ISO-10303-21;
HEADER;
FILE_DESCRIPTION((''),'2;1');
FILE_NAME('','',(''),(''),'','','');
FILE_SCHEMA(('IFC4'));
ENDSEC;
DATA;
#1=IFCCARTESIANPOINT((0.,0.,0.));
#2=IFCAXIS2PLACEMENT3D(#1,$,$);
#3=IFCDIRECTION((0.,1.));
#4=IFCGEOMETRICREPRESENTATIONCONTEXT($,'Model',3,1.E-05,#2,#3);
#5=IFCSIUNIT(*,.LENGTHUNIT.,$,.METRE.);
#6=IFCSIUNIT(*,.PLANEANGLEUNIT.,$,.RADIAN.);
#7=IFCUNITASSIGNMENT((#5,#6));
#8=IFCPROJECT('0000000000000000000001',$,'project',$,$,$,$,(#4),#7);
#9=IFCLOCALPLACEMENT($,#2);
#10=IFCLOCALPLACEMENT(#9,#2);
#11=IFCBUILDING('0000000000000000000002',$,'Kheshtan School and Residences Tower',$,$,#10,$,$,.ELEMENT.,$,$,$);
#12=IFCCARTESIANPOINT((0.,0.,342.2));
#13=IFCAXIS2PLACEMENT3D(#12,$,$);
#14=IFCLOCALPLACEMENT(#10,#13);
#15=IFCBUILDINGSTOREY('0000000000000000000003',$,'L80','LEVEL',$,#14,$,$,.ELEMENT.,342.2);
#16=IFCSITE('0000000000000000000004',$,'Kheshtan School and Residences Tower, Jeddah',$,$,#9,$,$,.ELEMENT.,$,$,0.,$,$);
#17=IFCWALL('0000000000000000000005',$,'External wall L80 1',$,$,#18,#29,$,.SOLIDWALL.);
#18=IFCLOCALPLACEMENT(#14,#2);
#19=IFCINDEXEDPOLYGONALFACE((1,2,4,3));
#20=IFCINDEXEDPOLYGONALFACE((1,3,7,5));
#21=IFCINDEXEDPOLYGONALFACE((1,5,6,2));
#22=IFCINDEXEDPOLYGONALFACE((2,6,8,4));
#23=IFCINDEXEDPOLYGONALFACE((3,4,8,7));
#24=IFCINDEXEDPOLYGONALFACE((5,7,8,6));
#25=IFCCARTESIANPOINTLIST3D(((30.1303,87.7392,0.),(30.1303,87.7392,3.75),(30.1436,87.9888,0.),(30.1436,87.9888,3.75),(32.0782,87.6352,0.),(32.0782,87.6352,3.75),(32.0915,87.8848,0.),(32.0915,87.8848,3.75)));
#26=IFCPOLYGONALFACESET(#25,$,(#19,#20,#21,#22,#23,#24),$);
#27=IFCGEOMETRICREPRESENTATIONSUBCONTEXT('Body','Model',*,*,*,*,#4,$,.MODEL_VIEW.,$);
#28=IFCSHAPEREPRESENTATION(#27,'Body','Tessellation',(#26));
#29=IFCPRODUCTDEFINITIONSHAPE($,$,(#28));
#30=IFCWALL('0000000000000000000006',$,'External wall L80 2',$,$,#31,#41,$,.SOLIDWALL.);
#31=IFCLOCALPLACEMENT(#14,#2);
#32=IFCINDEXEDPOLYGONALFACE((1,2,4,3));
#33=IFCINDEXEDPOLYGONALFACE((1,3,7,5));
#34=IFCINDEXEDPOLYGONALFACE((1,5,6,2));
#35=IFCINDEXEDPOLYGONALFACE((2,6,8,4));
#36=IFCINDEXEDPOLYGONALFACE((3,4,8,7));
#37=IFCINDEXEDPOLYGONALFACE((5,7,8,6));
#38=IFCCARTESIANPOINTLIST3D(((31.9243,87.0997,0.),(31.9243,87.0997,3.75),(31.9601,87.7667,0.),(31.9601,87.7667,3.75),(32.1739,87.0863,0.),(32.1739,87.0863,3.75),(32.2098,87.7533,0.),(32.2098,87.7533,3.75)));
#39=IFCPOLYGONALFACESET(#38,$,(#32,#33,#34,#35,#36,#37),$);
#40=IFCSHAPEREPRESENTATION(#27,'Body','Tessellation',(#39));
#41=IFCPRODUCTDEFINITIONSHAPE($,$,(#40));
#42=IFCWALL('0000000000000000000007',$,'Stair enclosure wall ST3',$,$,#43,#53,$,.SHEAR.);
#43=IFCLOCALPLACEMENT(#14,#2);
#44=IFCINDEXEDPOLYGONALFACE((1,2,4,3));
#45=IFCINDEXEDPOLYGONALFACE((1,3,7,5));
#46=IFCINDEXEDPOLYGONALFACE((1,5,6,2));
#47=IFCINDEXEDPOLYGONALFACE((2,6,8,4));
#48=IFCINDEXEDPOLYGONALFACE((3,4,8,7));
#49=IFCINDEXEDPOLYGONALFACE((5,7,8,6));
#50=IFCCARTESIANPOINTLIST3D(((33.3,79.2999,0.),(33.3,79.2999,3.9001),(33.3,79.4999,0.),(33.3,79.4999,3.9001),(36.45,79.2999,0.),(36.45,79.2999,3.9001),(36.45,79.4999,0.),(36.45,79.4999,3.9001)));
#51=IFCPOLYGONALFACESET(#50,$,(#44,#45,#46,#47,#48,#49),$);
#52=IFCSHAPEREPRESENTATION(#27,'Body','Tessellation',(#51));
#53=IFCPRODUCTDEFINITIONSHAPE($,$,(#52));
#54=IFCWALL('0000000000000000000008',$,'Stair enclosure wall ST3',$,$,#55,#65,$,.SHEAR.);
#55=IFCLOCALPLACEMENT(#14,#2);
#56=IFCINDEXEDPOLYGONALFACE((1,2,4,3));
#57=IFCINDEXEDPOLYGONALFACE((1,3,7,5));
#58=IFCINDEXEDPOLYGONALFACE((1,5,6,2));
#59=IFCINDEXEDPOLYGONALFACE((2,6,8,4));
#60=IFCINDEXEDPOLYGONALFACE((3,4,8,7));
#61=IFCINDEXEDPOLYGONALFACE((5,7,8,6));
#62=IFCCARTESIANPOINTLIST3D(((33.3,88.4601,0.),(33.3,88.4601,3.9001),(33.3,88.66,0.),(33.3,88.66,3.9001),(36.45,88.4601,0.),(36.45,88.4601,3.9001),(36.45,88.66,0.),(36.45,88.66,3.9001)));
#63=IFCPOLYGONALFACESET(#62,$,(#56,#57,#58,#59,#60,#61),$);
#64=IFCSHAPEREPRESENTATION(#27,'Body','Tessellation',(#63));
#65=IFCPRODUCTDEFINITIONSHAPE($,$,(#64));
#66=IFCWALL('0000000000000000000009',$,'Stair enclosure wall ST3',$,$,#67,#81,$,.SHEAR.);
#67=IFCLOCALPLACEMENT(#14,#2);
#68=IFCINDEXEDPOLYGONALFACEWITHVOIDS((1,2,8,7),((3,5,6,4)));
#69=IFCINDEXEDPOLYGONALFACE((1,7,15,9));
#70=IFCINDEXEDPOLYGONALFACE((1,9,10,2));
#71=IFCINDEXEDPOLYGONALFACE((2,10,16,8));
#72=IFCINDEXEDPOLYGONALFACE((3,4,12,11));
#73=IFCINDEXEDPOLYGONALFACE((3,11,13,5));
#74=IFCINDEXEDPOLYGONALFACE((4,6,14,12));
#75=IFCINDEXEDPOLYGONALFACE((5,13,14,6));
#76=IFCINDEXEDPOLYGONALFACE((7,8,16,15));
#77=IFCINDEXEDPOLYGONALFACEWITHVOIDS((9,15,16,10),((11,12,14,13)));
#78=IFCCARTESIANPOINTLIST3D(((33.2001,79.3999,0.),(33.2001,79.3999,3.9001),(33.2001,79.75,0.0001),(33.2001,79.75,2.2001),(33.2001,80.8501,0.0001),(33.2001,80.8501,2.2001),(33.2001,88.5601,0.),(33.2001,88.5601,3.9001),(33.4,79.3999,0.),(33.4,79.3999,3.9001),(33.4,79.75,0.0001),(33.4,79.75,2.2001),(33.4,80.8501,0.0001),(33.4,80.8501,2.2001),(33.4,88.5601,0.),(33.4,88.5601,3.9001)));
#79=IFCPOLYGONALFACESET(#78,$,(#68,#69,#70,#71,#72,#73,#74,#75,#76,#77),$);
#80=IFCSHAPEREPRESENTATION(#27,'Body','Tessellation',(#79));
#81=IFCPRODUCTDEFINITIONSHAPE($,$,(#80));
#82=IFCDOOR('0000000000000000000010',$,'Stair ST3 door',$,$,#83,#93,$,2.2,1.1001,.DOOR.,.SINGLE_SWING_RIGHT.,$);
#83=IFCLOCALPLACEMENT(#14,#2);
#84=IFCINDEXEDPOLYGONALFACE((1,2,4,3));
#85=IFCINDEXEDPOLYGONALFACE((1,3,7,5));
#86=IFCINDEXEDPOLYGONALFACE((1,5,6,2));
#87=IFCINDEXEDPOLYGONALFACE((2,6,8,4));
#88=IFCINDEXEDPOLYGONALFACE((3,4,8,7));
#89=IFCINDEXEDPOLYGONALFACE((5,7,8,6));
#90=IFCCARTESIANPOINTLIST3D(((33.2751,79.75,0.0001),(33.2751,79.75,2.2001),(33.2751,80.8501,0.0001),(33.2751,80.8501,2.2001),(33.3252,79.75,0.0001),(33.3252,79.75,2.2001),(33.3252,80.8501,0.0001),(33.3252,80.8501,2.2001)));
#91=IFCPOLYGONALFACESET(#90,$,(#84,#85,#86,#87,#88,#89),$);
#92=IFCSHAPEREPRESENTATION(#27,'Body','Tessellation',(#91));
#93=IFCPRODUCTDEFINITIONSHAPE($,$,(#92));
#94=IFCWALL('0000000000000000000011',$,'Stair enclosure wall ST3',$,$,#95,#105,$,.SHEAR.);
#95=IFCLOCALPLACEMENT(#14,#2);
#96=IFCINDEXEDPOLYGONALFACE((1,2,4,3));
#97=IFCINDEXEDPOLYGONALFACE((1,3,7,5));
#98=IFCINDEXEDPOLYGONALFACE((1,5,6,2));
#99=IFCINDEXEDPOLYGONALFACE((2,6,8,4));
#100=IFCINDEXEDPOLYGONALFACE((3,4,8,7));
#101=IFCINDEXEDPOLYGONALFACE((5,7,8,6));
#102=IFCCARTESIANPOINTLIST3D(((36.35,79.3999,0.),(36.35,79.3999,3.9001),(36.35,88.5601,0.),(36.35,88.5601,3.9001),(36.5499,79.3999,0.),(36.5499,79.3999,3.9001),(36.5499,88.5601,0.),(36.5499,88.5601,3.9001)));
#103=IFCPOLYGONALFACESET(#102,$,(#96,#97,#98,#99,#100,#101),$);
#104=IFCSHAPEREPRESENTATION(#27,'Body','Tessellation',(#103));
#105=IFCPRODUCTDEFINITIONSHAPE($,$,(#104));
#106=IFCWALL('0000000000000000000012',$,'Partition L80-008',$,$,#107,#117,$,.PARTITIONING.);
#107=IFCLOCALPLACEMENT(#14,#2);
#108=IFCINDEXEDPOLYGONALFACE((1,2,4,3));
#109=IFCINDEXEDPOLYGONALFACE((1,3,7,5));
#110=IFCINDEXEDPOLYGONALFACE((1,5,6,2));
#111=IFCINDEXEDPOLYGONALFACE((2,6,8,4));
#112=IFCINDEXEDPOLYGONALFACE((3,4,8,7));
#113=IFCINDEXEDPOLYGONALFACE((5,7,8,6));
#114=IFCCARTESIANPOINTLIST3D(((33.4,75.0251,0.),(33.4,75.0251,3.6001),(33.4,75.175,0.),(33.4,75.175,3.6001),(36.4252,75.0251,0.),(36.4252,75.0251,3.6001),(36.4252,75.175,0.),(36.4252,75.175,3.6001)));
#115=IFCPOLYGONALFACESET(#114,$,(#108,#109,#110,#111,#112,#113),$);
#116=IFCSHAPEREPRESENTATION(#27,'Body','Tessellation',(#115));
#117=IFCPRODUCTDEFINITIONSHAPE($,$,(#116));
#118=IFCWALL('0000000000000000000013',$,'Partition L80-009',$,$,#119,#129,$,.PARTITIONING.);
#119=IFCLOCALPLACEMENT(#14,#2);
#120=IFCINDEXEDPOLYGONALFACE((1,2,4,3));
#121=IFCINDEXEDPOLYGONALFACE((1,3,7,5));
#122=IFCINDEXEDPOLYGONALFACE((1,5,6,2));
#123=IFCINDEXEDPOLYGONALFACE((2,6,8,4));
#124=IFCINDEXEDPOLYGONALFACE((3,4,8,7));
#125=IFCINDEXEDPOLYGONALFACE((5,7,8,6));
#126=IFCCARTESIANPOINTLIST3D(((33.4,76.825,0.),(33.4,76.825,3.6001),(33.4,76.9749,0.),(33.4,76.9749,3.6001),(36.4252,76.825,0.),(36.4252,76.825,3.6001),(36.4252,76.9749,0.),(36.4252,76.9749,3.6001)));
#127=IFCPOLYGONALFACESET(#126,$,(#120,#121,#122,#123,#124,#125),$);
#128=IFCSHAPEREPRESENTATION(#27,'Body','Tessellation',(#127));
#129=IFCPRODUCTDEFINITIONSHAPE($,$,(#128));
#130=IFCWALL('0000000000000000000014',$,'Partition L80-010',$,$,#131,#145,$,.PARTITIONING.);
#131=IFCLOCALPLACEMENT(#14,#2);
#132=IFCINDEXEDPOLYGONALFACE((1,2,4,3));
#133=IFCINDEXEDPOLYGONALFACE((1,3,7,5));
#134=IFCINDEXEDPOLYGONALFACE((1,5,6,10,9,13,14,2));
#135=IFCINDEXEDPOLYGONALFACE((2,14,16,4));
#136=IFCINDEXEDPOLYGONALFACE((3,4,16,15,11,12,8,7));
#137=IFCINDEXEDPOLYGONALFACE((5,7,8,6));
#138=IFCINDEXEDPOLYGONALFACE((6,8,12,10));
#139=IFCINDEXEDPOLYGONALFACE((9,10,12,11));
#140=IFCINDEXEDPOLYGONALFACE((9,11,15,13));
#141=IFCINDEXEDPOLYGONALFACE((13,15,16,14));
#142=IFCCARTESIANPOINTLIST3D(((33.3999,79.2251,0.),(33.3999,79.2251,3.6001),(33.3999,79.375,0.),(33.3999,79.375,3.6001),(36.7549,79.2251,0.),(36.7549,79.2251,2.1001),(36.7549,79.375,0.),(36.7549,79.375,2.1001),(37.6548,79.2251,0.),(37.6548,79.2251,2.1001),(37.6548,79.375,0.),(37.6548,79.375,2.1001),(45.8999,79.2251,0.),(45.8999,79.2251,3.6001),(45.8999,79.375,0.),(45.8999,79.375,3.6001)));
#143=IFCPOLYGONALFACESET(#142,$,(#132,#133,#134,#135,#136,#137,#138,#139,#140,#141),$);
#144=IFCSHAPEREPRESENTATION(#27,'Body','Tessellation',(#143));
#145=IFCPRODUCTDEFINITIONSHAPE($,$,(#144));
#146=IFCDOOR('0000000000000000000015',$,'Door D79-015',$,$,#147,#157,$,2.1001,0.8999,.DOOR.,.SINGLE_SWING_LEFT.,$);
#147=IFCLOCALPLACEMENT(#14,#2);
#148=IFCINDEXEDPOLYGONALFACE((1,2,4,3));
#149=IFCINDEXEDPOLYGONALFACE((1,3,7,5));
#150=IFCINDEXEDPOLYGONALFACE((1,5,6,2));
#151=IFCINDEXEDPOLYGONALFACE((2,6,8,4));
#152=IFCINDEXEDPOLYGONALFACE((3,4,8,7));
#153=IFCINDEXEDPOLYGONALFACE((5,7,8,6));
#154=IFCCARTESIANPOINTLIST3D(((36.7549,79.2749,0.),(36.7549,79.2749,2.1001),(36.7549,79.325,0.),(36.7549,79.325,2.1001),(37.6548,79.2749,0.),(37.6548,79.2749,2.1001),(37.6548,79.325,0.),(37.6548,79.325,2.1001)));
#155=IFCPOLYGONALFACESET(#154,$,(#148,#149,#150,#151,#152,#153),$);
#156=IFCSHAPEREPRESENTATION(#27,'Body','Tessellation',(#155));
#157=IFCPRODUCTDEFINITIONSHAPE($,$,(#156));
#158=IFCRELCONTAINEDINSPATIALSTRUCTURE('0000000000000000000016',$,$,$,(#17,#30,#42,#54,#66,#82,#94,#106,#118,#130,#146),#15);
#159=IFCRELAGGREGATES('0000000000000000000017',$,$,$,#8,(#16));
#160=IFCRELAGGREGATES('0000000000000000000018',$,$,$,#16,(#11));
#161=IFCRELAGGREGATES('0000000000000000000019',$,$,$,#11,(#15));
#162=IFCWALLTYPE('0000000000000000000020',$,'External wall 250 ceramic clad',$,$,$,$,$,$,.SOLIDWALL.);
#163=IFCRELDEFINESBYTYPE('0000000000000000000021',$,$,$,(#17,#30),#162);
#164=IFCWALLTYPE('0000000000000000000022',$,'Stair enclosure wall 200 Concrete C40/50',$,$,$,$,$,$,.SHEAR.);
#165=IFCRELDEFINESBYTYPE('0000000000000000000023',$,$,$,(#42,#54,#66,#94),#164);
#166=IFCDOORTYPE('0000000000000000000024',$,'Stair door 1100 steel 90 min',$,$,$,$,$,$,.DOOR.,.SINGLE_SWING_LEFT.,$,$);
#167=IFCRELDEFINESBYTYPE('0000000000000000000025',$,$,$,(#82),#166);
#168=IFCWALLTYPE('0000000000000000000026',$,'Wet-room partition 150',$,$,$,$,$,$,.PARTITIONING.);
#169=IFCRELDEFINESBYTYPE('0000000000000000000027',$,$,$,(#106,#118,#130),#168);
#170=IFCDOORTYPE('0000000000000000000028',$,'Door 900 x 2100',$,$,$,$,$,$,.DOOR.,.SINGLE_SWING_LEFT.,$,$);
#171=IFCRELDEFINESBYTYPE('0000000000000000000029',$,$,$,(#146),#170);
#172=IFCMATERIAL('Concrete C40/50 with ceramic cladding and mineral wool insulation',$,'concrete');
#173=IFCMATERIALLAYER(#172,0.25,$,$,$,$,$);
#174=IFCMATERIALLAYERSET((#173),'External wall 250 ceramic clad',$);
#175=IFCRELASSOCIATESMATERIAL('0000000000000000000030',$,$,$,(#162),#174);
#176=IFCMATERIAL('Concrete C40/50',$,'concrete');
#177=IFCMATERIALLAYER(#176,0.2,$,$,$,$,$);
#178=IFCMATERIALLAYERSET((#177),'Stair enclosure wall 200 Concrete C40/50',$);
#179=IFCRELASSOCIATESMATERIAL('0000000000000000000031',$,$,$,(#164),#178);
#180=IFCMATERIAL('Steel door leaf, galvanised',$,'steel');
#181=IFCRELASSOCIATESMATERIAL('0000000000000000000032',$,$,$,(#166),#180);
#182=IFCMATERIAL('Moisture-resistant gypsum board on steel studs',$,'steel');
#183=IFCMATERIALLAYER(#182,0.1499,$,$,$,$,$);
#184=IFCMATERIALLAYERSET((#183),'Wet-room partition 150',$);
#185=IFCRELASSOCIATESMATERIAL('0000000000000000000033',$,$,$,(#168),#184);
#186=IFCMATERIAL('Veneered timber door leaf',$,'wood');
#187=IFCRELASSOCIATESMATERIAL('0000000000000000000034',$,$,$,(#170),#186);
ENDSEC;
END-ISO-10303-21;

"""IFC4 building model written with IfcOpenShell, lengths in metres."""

from ifc_helpers import new_model, si_unit, direction, frame, frame_2d, origin, place, context, subcontext, project, spatial, rectangle, extrude, source, transform, mapped, material, layer, layer_set, type_object, element, fill, save


model = new_model("IFC4")

# Units and contexts
model_context = context("Model", 3, precision=1e-05, world=origin(), true_north=direction((0.0, 1.0)))
body_context = subcontext(model_context, "Body", "Model", "MODEL_VIEW")
ifc_project = project(units=[si_unit("LENGTHUNIT", "METRE"), si_unit("PLANEANGLEUNIT", "RADIAN")], contexts=[model_context])

# Site, building, storey
site_placement = place(None, origin())
site = spatial("IfcSite", under=ifc_project, at=site_placement, Name="Kheshtan School and Residences Tower, Jeddah", CompositionType="ELEMENT", RefElevation=0.0)
building_placement = place(site_placement, origin())
building = spatial("IfcBuilding", under=site, at=building_placement, Name="Kheshtan School and Residences Tower", CompositionType="ELEMENT")
storey_placement = place(building_placement, frame((0.0, 0.0, 342.2)))
storey = spatial("IfcBuildingStorey", under=building, at=storey_placement, Name="L80", Description="LEVEL", CompositionType="ELEMENT", Elevation=342.2)

# Walls
ifc_material_1 = material(Name="Concrete C40/50 with ceramic cladding and mineral wool insulation", Category="concrete")
ifc_layer_1 = layer(ifc_material_1, 0.25)
ifc_layer_set_1 = layer_set([ifc_layer_1], Name="External wall 250 ceramic clad")
wall_type_1 = type_object("IfcWallType", Name="External wall 250 ceramic clad", PredefinedType="SOLIDWALL", material=ifc_layer_set_1)
wall_1_placement = place(storey_placement, frame((30.137, 87.864, 0.0), z_axis=(0.0, 0.0, 1.0), x_axis=(0.998578, -0.053314, 0.0)))
element("IfcWall", 1, at=wall_1_placement, inside=storey, type_object=wall_type_1, Name="External wall L80 1", PredefinedType="SOLIDWALL", context=body_context, shape_type="SweptSolid", body=[
    extrude(rectangle(XDim=1.9507, YDim=0.25, at=frame_2d((0.9753, 0.0))), origin(), (0.0, 0.0, 1.0), 3.75),
])
wall_2_placement = place(storey_placement, frame((32.085, 87.76, 0.0), z_axis=(0.0, 0.0, 1.0), x_axis=(-0.053729, -0.998556, 0.0)))
element("IfcWall", 2, at=wall_2_placement, inside=storey, type_object=wall_type_1, Name="External wall L80 2", PredefinedType="SOLIDWALL", context=body_context, shape_type="SweptSolid", body=[
    extrude(rectangle(XDim=0.668, YDim=0.25, at=frame_2d((0.334, 0.0))), origin(), (0.0, 0.0, 1.0), 3.75),
])
ifc_material_2 = material(Name="Concrete C40/50", Category="concrete")
ifc_layer_2 = layer(ifc_material_2, 0.2)
ifc_layer_set_2 = layer_set([ifc_layer_2], Name="Stair enclosure wall 200 Concrete C40/50")
wall_type_2 = type_object("IfcWallType", Name="Stair enclosure wall 200 Concrete C40/50", PredefinedType="SHEAR", material=ifc_layer_set_2)
for number, where, z_axis, x_axis, name in (
    (3, (33.3, 79.3999, 0.0), (0.0, 0.0, 1.0), (1.0, 0.0, 0.0), "Stair enclosure wall ST3"),
    (4, (33.3, 88.5601, 0.0), (0.0, 0.0, 1.0), (1.0, 0.0, 0.0), "Stair enclosure wall ST3"),
):
    element("IfcWall", number, at=place(storey_placement, frame(where, z_axis=z_axis, x_axis=x_axis)), inside=storey, type_object=wall_type_2, Name=name, PredefinedType="SHEAR", context=body_context, shape_type="SweptSolid", body=[
        extrude(rectangle(XDim=3.1499, YDim=0.2, at=frame_2d((1.575, 0.0))), origin(), (0.0, 0.0, 1.0), 3.9001),
    ])

# Wall, opening, door
wall_3_placement = place(storey_placement, frame((33.3, 79.3999, 0.0), z_axis=(0.0, 0.0, 1.0), x_axis=(0.0, 1.0, 0.0)))
wall_3 = element("IfcWall", 5, at=wall_3_placement, inside=storey, type_object=wall_type_2, Name="Stair enclosure wall ST3", PredefinedType="SHEAR", context=body_context, shape_type="SweptSolid", body=[
    extrude(rectangle(XDim=9.1602, YDim=0.2, at=frame_2d((4.5801, 0.0))), origin(), (0.0, 0.0, 1.0), 3.9001),
])
opening_1_placement = place(wall_3_placement, frame((0.3501, 0.0, 0.0)))
opening_1 = element("IfcOpeningElement", 6, at=opening_1_placement, cuts=wall_3, PredefinedType="OPENING", context=body_context, shape_type="SweptSolid", body=[
    extrude(rectangle(XDim=1.1001, YDim=2.2, at=frame_2d((0.55, 1.1001))), frame((0.0, 0.1099, 0.0), z_axis=(0.0, -1.0, 0.0), x_axis=(1.0, 0.0, 0.0)), (0.0, 0.0, 1.0), 0.22),
])
ifc_material_3 = material(Name="Steel door leaf, galvanised", Category="steel")
door_type_1 = type_object("IfcDoorType", Name="Stair door 1100 steel 90 min", OperationType="SINGLE_SWING_LEFT", PredefinedType="DOOR", material=ifc_material_3)
shared_shape_1 = source(origin(), body_context, "Body", "SweptSolid", [
    extrude(rectangle(XDim=1.1001, YDim=2.2, at=frame_2d((0.55, 1.1001))), frame((0.0, 0.0249, 0.0), z_axis=(0.0, -1.0, 0.0), x_axis=(1.0, 0.0, 0.0)), (0.0, 0.0, 1.0), 0.05),
])
door_1_placement = place(opening_1_placement, origin())
door_1 = element("IfcDoor", 7, at=door_1_placement, inside=storey, type_object=door_type_1, Name="Stair ST3 door", OperationType="SINGLE_SWING_RIGHT", OverallHeight=2.2, OverallWidth=1.1001, PredefinedType="DOOR", context=body_context, shape_type="MappedRepresentation", body=[
    mapped(shared_shape_1, transform((0.0, 0.0, 0.0), x_axis=(1.0, 0.0, 0.0), y_axis=(0.0, 1.0, 0.0), z_axis=(0.0, 0.0, 1.0), scale=1.0)),
])
fill(opening_1, door_1)

# Walls
wall_4_placement = place(storey_placement, frame((36.45, 79.3999, 0.0), z_axis=(0.0, 0.0, 1.0), x_axis=(0.0, 1.0, 0.0)))
element("IfcWall", 8, at=wall_4_placement, inside=storey, type_object=wall_type_2, Name="Stair enclosure wall ST3", PredefinedType="SHEAR", context=body_context, shape_type="SweptSolid", body=[
    extrude(rectangle(XDim=9.1602, YDim=0.2, at=frame_2d((4.5801, 0.0))), origin(), (0.0, 0.0, 1.0), 3.9001),
])
ifc_material_4 = material(Name="Moisture-resistant gypsum board on steel studs", Category="steel")
ifc_layer_3 = layer(ifc_material_4, 0.1499)
ifc_layer_set_3 = layer_set([ifc_layer_3], Name="Wet-room partition 150")
wall_type_3 = type_object("IfcWallType", Name="Wet-room partition 150", PredefinedType="PARTITIONING", material=ifc_layer_set_3)
for number, where, z_axis, x_axis, name in (
    (9, (33.3999, 75.1001, 0.0), (0.0, 0.0, 1.0), (1.0, 0.0, 0.0), "Partition L80-008"),
    (10, (33.3999, 76.8999, 0.0), (0.0, 0.0, 1.0), (1.0, 0.0, 0.0), "Partition L80-009"),
):
    element("IfcWall", number, at=place(storey_placement, frame(where, z_axis=z_axis, x_axis=x_axis)), inside=storey, type_object=wall_type_3, Name=name, PredefinedType="PARTITIONING", context=body_context, shape_type="SweptSolid", body=[
        extrude(rectangle(XDim=3.0251, YDim=0.1499, at=frame_2d((1.5127, 0.0))), origin(), (0.0, 0.0, 1.0), 3.6001),
    ])

# Wall, opening, door
wall_5_placement = place(storey_placement, frame((33.3999, 79.3, 0.0), z_axis=(0.0, 0.0, 1.0), x_axis=(1.0, 0.0, 0.0)))
wall_5 = element("IfcWall", 11, at=wall_5_placement, inside=storey, type_object=wall_type_3, Name="Partition L80-010", PredefinedType="PARTITIONING", context=body_context, shape_type="SweptSolid", body=[
    extrude(rectangle(XDim=12.5, YDim=0.1499, at=frame_2d((6.25, 0.0))), origin(), (0.0, 0.0, 1.0), 3.6001),
])
opening_2_placement = place(wall_5_placement, frame((3.355, 0.0, 0.0)))
opening_2 = element("IfcOpeningElement", 12, at=opening_2_placement, cuts=wall_5, PredefinedType="OPENING", context=body_context, shape_type="SweptSolid", body=[
    extrude(rectangle(XDim=0.8999, YDim=2.1001, at=frame_2d((0.45, 1.05))), frame((0.0, 0.085, 0.0), z_axis=(0.0, -1.0, 0.0), x_axis=(1.0, 0.0, 0.0)), (0.0, 0.0, 1.0), 0.1699),
])
ifc_material_5 = material(Name="Veneered timber door leaf", Category="wood")
door_type_2 = type_object("IfcDoorType", Name="Door 900 x 2100", OperationType="SINGLE_SWING_LEFT", PredefinedType="DOOR", material=ifc_material_5)
shared_shape_2 = source(origin(), body_context, "Body", "SweptSolid", [
    extrude(rectangle(XDim=0.8999, YDim=2.1001, at=frame_2d((0.45, 1.05))), frame((0.0, 0.0249, 0.0), z_axis=(0.0, -1.0, 0.0), x_axis=(1.0, 0.0, 0.0)), (0.0, 0.0, 1.0), 0.05),
])
door_2_placement = place(opening_2_placement, origin())
door_2 = element("IfcDoor", 13, at=door_2_placement, inside=storey, type_object=door_type_2, Name="Door D79-015", OperationType="SINGLE_SWING_LEFT", OverallHeight=2.1001, OverallWidth=0.8999, PredefinedType="DOOR", context=body_context, shape_type="MappedRepresentation", body=[
    mapped(shared_shape_2, transform((0.0, 0.0, 0.0), x_axis=(1.0, 0.0, 0.0), y_axis=(0.0, 1.0, 0.0), z_axis=(0.0, 0.0, 1.0), scale=1.0)),
])
fill(opening_2, door_2)

save(model, "model.ifc")
